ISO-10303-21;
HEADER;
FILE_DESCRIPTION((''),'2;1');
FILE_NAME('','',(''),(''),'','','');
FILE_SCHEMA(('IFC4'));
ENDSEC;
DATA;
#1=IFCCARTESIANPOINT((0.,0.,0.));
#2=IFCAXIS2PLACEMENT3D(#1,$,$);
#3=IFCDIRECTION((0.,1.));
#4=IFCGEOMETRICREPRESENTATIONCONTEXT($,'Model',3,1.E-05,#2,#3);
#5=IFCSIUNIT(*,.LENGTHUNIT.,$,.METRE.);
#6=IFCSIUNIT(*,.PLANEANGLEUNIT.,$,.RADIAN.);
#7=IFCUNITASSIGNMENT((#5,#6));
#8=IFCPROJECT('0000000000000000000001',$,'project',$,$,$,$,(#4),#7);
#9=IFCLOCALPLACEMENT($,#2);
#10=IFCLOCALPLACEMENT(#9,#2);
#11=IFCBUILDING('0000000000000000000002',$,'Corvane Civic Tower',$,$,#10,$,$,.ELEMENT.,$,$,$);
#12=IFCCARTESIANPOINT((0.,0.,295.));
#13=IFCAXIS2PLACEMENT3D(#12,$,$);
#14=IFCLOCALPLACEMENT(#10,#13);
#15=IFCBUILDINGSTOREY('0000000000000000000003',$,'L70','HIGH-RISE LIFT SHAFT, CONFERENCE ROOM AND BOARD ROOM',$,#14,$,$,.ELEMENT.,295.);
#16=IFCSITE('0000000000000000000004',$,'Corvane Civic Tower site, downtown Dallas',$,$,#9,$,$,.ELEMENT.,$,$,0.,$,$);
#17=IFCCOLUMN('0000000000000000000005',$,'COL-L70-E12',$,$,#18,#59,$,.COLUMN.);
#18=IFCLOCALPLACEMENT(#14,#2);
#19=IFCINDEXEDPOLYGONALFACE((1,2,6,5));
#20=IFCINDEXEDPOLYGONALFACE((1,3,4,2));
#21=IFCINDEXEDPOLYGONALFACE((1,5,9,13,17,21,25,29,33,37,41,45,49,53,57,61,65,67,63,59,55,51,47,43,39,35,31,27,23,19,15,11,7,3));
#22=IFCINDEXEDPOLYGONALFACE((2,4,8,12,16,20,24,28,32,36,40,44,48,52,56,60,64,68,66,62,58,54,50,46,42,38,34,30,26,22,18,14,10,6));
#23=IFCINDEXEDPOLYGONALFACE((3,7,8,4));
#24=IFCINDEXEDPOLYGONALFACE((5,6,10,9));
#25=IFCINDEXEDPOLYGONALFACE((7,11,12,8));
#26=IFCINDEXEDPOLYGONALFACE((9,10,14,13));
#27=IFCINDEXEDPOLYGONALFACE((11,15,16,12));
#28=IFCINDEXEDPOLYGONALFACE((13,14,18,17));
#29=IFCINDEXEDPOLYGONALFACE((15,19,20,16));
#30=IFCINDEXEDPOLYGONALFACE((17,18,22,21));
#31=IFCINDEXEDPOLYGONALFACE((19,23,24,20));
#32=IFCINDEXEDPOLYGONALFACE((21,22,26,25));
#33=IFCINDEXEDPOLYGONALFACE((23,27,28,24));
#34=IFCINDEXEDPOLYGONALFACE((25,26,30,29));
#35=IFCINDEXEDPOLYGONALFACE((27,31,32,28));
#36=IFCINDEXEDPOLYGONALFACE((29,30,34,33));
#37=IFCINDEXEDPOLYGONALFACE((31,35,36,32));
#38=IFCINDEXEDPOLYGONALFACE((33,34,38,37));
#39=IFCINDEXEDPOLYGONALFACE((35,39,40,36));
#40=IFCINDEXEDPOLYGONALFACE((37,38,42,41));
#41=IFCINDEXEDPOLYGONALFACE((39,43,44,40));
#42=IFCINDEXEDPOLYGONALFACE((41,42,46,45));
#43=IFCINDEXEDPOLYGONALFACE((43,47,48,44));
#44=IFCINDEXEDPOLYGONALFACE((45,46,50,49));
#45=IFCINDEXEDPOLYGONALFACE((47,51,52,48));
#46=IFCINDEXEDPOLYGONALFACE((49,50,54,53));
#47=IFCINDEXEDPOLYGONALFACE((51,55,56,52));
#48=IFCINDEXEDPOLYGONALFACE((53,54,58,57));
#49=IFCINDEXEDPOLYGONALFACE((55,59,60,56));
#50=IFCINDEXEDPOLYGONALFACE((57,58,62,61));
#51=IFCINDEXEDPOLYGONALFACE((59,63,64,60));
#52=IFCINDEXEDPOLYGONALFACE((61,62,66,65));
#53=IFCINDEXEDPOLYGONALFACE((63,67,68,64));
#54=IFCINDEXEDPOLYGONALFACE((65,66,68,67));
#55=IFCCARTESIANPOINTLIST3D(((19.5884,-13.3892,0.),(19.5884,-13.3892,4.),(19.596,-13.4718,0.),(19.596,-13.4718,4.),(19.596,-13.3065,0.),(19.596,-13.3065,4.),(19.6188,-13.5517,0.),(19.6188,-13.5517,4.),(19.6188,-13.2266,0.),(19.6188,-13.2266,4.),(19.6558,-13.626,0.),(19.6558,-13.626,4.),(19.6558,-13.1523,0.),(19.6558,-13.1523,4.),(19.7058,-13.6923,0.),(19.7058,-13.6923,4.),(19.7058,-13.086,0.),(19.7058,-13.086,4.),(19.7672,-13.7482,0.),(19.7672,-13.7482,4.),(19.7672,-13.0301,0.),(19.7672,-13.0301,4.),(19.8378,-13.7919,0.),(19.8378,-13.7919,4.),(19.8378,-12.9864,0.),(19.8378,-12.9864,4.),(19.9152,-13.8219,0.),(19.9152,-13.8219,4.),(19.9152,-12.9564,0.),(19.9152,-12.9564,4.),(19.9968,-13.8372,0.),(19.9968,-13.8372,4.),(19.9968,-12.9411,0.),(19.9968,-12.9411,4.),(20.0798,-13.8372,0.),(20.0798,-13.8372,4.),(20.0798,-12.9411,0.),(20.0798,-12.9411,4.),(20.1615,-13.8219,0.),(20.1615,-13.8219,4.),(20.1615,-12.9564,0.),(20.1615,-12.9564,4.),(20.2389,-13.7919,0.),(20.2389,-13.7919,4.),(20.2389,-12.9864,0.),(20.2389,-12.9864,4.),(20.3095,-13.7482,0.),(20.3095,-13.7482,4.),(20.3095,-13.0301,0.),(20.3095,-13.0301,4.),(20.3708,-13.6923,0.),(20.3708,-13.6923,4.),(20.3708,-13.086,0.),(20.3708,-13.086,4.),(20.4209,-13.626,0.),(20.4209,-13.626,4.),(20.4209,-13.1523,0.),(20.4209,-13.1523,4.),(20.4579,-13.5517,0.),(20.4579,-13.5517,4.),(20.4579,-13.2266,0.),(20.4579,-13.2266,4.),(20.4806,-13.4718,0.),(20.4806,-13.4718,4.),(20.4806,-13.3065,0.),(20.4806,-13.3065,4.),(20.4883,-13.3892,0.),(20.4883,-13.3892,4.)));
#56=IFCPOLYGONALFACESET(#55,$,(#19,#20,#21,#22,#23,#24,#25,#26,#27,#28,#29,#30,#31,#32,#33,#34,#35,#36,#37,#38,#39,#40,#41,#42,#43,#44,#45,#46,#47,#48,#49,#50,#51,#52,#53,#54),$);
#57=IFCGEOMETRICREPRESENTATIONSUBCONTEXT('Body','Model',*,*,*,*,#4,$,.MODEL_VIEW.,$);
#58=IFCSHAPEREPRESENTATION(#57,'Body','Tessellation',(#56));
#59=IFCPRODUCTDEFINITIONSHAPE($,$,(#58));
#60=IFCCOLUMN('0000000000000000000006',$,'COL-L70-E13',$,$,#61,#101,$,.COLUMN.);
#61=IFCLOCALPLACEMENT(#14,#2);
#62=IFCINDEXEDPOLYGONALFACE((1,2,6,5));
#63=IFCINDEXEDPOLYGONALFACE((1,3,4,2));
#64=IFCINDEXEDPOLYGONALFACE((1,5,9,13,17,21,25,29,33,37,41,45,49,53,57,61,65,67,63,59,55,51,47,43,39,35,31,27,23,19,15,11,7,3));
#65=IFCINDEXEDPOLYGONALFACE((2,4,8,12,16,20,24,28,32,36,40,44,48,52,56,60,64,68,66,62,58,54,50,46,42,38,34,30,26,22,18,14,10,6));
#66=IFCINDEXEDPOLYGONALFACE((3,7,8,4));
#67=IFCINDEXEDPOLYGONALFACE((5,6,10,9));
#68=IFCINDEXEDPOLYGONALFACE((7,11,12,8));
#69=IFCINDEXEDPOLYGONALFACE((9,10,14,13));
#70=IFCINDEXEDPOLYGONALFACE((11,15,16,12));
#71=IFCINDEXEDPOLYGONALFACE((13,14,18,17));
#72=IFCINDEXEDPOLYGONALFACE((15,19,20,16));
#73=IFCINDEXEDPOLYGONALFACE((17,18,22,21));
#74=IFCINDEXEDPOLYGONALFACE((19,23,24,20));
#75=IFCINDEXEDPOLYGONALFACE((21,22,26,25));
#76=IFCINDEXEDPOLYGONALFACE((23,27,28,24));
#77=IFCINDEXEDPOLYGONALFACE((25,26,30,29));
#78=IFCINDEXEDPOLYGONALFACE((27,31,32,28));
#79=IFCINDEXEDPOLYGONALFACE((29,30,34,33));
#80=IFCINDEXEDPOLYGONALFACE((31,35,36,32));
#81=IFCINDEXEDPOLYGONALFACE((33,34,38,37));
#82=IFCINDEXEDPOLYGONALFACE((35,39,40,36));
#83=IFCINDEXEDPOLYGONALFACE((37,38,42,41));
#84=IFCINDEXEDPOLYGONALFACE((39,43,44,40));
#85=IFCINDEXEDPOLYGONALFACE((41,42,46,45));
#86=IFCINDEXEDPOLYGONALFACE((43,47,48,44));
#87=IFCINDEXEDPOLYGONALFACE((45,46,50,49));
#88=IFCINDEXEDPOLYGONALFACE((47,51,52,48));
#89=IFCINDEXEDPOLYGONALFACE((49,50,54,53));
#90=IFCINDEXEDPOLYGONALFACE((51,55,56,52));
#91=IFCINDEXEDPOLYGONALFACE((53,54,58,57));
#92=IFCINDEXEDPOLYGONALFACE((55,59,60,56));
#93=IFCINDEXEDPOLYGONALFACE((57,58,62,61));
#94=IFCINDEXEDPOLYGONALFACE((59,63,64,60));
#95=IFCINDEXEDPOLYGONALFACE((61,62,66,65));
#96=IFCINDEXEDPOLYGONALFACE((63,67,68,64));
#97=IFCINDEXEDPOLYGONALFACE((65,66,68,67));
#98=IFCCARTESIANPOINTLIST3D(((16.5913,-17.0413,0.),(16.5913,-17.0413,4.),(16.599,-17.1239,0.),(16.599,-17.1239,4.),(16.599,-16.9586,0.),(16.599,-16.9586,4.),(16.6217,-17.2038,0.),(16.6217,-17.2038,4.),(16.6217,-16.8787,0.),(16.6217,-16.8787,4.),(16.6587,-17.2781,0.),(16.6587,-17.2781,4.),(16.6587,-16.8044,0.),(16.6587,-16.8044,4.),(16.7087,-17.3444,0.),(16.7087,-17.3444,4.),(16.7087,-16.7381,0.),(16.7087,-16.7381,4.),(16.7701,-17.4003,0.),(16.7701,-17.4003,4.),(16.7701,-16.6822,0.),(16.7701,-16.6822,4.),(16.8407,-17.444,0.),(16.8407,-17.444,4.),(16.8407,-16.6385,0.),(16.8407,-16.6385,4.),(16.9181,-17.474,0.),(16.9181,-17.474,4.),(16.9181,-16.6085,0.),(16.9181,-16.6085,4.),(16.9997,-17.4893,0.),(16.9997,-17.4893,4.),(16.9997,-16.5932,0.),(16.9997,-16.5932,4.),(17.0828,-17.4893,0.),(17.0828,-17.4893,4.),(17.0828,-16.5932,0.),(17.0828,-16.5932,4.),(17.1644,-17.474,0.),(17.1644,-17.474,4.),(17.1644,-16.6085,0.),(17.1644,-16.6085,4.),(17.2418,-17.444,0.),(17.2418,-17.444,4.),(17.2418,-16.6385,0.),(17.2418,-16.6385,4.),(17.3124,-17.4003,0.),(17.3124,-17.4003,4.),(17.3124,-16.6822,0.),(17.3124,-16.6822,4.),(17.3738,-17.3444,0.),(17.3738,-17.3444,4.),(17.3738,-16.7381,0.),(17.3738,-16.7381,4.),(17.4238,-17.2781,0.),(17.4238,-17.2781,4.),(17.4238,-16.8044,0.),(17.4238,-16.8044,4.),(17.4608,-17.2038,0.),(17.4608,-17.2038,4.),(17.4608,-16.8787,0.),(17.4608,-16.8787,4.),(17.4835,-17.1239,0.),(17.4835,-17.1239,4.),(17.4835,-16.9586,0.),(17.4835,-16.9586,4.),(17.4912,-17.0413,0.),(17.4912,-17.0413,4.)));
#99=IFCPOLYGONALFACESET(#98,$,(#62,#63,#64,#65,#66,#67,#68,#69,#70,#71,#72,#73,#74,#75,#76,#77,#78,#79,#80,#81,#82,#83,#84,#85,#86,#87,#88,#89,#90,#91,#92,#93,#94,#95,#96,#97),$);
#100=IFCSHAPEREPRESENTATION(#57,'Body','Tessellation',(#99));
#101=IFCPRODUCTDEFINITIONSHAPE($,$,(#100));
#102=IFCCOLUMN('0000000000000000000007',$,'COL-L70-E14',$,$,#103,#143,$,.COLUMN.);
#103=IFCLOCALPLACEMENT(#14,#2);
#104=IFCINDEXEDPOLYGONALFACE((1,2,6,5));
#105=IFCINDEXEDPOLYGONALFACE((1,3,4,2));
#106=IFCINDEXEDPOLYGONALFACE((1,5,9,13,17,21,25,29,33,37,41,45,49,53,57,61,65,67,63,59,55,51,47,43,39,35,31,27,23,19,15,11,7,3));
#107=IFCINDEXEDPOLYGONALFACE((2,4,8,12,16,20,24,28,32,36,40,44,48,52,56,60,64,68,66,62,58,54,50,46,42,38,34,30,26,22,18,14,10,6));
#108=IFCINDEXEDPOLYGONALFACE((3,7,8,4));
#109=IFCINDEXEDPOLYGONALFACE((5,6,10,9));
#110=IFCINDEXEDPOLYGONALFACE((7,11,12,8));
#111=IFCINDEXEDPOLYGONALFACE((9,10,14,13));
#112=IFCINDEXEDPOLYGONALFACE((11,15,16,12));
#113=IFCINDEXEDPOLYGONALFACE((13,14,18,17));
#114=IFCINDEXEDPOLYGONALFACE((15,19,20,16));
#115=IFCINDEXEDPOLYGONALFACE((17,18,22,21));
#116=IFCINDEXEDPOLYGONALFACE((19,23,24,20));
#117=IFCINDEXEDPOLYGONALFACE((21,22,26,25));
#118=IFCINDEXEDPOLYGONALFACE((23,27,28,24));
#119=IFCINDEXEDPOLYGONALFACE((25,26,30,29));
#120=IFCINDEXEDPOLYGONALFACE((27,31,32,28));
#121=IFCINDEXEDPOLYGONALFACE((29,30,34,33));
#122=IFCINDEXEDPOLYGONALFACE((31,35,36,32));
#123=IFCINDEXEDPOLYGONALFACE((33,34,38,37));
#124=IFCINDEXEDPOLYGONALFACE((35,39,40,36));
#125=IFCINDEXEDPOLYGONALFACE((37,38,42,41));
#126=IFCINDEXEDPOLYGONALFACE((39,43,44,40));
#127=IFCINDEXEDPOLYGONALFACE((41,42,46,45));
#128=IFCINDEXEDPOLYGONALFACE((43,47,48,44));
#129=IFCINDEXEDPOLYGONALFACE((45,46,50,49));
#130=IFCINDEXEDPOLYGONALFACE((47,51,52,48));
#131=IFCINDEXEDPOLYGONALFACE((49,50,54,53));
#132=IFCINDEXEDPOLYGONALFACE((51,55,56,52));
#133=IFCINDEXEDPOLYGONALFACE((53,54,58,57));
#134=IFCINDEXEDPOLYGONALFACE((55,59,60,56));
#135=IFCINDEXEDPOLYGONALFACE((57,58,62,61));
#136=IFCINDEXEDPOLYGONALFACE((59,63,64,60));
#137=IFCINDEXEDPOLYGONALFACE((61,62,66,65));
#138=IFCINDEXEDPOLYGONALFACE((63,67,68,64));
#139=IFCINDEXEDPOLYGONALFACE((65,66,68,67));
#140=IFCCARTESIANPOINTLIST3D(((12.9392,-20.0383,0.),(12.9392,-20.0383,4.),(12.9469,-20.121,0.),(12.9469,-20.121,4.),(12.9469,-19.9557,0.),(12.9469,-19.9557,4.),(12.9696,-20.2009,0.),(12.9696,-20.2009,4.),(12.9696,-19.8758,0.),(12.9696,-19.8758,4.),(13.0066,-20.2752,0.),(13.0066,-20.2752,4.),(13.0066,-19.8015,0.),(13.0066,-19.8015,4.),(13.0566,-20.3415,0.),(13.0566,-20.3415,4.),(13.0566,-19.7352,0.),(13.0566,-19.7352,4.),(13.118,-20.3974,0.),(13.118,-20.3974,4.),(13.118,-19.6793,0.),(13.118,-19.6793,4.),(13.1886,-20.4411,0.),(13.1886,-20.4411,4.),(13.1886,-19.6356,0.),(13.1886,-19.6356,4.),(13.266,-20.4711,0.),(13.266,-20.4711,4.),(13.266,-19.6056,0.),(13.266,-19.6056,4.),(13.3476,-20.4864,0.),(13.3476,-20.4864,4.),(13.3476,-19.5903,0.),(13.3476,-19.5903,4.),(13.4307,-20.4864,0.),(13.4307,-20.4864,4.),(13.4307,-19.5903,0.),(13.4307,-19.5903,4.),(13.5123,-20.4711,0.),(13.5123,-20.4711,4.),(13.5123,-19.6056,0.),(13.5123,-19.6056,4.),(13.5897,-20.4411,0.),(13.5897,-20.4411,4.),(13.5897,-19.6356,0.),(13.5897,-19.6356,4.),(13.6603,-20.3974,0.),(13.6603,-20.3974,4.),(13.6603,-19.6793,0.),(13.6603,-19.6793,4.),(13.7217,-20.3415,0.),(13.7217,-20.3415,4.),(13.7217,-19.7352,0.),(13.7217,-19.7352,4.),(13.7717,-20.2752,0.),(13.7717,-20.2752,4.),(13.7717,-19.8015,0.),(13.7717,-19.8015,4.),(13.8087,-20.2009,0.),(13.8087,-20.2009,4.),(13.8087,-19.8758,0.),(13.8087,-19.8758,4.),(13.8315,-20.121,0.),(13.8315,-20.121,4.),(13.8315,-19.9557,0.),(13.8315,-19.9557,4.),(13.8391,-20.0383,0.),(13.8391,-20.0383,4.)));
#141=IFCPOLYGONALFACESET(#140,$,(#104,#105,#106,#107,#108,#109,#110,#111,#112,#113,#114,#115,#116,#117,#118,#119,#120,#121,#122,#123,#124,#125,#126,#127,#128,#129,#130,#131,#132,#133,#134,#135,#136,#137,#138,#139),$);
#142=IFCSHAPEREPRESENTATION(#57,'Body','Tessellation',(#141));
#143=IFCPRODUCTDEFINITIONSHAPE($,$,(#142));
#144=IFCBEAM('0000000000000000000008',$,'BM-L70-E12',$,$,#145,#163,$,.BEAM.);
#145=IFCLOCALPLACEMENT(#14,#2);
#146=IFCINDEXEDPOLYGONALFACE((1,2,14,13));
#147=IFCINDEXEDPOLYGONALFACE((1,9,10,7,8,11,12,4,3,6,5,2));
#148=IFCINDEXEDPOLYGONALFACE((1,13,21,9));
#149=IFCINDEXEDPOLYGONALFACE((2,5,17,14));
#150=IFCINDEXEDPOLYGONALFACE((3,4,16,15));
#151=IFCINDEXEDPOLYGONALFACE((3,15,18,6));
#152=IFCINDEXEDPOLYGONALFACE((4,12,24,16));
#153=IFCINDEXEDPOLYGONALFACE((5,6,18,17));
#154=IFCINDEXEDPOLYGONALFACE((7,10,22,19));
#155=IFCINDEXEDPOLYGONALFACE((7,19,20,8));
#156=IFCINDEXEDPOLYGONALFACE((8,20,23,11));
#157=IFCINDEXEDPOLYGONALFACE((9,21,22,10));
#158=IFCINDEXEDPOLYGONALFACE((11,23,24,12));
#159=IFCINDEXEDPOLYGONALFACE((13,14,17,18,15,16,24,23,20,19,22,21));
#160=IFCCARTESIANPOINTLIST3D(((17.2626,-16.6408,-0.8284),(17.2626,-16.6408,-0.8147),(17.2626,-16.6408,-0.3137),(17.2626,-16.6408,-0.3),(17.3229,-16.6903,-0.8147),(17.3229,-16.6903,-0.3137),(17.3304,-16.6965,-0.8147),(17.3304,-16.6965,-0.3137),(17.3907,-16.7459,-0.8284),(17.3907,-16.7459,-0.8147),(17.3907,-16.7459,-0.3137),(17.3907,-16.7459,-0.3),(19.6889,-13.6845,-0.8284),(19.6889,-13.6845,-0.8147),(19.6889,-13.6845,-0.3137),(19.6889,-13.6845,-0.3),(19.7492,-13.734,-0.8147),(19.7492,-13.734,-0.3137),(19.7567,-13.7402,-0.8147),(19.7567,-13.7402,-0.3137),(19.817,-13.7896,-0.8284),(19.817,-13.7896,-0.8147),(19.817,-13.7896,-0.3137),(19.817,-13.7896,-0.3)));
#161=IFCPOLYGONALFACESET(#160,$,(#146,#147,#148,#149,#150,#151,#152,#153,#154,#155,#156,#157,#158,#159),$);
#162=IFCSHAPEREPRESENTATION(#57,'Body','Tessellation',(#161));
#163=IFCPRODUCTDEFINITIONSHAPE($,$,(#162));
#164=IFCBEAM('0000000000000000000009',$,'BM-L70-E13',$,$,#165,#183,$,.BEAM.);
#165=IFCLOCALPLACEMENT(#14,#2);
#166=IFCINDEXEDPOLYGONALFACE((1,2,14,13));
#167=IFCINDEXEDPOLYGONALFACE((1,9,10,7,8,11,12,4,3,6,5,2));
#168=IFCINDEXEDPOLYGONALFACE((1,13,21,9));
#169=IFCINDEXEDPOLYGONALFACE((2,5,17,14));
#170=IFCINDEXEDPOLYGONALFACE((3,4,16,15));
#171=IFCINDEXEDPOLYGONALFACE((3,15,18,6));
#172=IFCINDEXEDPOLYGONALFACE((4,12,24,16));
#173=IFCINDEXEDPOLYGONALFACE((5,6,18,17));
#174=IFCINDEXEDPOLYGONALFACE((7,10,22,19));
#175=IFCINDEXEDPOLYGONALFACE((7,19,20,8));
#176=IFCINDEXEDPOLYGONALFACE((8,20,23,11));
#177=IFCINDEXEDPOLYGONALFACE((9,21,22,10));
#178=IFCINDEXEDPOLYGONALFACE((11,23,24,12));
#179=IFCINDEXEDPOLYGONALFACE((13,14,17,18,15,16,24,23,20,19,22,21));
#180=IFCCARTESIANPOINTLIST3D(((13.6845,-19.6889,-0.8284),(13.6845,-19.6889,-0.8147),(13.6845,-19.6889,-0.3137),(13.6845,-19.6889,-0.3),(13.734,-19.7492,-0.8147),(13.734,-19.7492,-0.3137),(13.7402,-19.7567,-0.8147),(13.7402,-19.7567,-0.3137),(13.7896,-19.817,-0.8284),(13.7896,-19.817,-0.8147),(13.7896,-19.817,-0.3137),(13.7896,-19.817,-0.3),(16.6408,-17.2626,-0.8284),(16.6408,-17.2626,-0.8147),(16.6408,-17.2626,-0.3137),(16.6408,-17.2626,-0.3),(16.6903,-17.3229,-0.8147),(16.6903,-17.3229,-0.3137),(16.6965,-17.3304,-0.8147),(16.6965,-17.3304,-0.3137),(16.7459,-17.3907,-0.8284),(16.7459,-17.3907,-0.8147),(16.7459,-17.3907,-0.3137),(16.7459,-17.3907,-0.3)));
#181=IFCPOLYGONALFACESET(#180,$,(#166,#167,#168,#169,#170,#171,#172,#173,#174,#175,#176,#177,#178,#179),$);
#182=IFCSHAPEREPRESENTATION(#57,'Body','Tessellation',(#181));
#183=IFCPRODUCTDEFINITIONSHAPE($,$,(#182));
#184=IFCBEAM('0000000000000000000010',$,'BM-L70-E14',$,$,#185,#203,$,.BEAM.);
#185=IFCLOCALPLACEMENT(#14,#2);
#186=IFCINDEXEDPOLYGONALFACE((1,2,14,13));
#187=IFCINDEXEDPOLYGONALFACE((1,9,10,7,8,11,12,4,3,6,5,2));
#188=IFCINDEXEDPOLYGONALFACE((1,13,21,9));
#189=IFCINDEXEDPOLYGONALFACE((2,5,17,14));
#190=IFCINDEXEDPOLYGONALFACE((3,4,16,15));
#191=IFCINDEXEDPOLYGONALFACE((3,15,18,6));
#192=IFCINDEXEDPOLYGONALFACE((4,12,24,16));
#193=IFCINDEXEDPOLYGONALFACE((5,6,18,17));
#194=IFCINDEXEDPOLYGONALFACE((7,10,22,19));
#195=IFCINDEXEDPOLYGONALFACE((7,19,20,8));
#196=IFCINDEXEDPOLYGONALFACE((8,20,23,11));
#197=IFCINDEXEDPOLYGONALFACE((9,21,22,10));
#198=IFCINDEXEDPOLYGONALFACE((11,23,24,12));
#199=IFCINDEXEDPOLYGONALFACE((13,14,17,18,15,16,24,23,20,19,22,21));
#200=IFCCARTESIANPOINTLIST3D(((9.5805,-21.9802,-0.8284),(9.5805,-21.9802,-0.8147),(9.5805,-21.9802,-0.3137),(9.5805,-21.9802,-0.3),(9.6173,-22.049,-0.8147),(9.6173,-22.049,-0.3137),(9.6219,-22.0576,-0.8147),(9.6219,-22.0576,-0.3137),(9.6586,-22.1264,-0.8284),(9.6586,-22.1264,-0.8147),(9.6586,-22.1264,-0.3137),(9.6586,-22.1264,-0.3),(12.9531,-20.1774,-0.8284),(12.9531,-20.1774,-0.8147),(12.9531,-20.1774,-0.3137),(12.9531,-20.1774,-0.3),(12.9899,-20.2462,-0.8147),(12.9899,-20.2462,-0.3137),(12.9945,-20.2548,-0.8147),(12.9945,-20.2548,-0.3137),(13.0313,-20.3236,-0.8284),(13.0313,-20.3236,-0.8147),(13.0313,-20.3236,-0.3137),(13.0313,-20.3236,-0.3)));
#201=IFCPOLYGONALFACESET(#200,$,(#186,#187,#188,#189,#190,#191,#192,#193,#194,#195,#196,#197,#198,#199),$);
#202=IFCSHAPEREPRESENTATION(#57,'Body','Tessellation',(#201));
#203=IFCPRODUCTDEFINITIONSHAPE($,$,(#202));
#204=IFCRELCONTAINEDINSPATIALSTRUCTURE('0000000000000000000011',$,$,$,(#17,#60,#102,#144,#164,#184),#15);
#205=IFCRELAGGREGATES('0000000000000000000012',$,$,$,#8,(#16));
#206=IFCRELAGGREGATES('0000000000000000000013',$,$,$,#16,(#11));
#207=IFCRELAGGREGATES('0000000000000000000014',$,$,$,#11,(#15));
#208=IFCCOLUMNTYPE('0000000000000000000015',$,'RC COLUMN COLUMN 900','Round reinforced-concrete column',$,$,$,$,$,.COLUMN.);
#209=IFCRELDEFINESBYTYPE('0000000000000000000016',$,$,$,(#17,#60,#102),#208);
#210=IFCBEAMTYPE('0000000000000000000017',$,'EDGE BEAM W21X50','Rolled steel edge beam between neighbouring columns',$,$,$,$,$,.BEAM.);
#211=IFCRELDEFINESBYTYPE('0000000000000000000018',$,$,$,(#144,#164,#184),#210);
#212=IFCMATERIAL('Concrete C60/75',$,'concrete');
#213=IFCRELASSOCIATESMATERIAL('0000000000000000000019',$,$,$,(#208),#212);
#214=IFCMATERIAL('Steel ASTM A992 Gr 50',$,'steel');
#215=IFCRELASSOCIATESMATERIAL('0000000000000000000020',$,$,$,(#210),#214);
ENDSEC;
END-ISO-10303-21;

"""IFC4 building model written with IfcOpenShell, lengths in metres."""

from ifc_helpers import new_model, si_unit, direction, frame, origin, origin_2d, place, context, subcontext, project, spatial, circle, i_section, extrude, material, material_profile, profile_set, type_object, element, save


model = new_model("IFC4")

# Units and contexts
model_context = context("Model", 3, precision=1e-05, world=origin(), true_north=direction((0.0, 1.0)))
body_context = subcontext(model_context, "Body", "Model", "MODEL_VIEW")
ifc_project = project(units=[si_unit("LENGTHUNIT", "METRE"), si_unit("PLANEANGLEUNIT", "RADIAN")], contexts=[model_context])

# Site, building, storey
site_placement = place(None, origin())
site = spatial("IfcSite", under=ifc_project, at=site_placement, Name="Corvane Civic Tower site, downtown Dallas", CompositionType="ELEMENT", RefElevation=0.0)
building_placement = place(site_placement, origin())
building = spatial("IfcBuilding", under=site, at=building_placement, Name="Corvane Civic Tower", CompositionType="ELEMENT")
storey_placement = place(building_placement, frame((0.0, 0.0, 295.0)))
storey = spatial("IfcBuildingStorey", under=building, at=storey_placement, Name="L70", Description="HIGH-RISE LIFT SHAFT, CONFERENCE ROOM AND BOARD ROOM", CompositionType="ELEMENT", Elevation=295.0)

# Columns
ifc_material_1 = material(Name="Concrete C60/75", Category="concrete")
ifc_material_profile_1 = material_profile(ifc_material_1, circle(Radius=0.45, at=origin_2d()), Name="COLUMN 900")
ifc_profile_set_1 = profile_set([ifc_material_profile_1], Name="Concrete C60/75")
column_type = type_object("IfcColumnType", Name="RC COLUMN COLUMN 900", Description="Round reinforced-concrete column", PredefinedType="COLUMN", material=ifc_profile_set_1)
for number, where, z_axis, x_axis, name in (
    (1, (20.0383, -13.3892, 0.0), (0.0, 0.0, 1.0), (1.0, 0.0, 0.0), "COL-L70-E12"),
    (2, (17.0413, -17.0413, 0.0), (0.0, 0.0, 1.0), (1.0, 0.0, 0.0), "COL-L70-E13"),
    (3, (13.3892, -20.0383, 0.0), (0.0, 0.0, 1.0), (1.0, 0.0, 0.0), "COL-L70-E14"),
):
    element("IfcColumn", number, at=place(storey_placement, frame(where, z_axis=z_axis, x_axis=x_axis)), inside=storey, type_object=column_type, Name=name, PredefinedType="COLUMN", context=body_context, shape_type="SweptSolid", body=[
        extrude(circle(Radius=0.45, at=origin_2d()), origin(), (0.0, 0.0, 1.0), 4.0),
    ])

# Beams
ifc_material_2 = material(Name="Steel ASTM A992 Gr 50", Category="steel")
ifc_material_profile_2 = material_profile(ifc_material_2, i_section(OverallWidth=0.1658, OverallDepth=0.5283, WebThickness=0.0098, FlangeThickness=0.0137, at=origin_2d()), Name="W21X50")
ifc_profile_set_2 = profile_set([ifc_material_profile_2], Name="Steel ASTM A992 Gr 50")
beam_type_1 = type_object("IfcBeamType", Name="EDGE BEAM W21X50", Description="Rolled steel edge beam between neighbouring columns", PredefinedType="BEAM", material=ifc_profile_set_2)
for number, where, z_axis, x_axis, name in (
    (4, (19.7529, -13.7371, -0.5642), (-0.634409, -0.772998, 0.0), (0.772998, -0.634409, 0.0), "BM-L70-E12"),
    (5, (16.6934, -17.3267, -0.5642), (-0.772998, -0.634409, 0.0), (0.634409, -0.772998, 0.0), "BM-L70-E13"),
):
    element("IfcBeam", number, at=place(storey_placement, frame(where, z_axis=z_axis, x_axis=x_axis)), inside=storey, type_object=beam_type_1, Name=name, PredefinedType="BEAM", context=body_context, shape_type="SweptSolid", body=[
        extrude(i_section(OverallWidth=0.1658, OverallDepth=0.5283, WebThickness=0.0098, FlangeThickness=0.0137, at=origin_2d()), origin(), (0.0, 0.0, 1.0), 3.8245),
    ])
beam_1_placement = place(storey_placement, frame((12.9922, -20.2505, -0.5642), z_axis=(-0.881914, -0.47141, 0.0), x_axis=(0.47141, -0.881914, 0.0)))
element("IfcBeam", 6, at=beam_1_placement, inside=storey, type_object=beam_type_1, Name="BM-L70-E14", PredefinedType="BEAM", context=body_context, shape_type="SweptSolid", body=[
    extrude(i_section(OverallWidth=0.1658, OverallDepth=0.5283, WebThickness=0.0098, FlangeThickness=0.0137, at=origin_2d()), origin(), (0.0, 0.0, 1.0), 3.8242),
])

save(model, "model.ifc")
